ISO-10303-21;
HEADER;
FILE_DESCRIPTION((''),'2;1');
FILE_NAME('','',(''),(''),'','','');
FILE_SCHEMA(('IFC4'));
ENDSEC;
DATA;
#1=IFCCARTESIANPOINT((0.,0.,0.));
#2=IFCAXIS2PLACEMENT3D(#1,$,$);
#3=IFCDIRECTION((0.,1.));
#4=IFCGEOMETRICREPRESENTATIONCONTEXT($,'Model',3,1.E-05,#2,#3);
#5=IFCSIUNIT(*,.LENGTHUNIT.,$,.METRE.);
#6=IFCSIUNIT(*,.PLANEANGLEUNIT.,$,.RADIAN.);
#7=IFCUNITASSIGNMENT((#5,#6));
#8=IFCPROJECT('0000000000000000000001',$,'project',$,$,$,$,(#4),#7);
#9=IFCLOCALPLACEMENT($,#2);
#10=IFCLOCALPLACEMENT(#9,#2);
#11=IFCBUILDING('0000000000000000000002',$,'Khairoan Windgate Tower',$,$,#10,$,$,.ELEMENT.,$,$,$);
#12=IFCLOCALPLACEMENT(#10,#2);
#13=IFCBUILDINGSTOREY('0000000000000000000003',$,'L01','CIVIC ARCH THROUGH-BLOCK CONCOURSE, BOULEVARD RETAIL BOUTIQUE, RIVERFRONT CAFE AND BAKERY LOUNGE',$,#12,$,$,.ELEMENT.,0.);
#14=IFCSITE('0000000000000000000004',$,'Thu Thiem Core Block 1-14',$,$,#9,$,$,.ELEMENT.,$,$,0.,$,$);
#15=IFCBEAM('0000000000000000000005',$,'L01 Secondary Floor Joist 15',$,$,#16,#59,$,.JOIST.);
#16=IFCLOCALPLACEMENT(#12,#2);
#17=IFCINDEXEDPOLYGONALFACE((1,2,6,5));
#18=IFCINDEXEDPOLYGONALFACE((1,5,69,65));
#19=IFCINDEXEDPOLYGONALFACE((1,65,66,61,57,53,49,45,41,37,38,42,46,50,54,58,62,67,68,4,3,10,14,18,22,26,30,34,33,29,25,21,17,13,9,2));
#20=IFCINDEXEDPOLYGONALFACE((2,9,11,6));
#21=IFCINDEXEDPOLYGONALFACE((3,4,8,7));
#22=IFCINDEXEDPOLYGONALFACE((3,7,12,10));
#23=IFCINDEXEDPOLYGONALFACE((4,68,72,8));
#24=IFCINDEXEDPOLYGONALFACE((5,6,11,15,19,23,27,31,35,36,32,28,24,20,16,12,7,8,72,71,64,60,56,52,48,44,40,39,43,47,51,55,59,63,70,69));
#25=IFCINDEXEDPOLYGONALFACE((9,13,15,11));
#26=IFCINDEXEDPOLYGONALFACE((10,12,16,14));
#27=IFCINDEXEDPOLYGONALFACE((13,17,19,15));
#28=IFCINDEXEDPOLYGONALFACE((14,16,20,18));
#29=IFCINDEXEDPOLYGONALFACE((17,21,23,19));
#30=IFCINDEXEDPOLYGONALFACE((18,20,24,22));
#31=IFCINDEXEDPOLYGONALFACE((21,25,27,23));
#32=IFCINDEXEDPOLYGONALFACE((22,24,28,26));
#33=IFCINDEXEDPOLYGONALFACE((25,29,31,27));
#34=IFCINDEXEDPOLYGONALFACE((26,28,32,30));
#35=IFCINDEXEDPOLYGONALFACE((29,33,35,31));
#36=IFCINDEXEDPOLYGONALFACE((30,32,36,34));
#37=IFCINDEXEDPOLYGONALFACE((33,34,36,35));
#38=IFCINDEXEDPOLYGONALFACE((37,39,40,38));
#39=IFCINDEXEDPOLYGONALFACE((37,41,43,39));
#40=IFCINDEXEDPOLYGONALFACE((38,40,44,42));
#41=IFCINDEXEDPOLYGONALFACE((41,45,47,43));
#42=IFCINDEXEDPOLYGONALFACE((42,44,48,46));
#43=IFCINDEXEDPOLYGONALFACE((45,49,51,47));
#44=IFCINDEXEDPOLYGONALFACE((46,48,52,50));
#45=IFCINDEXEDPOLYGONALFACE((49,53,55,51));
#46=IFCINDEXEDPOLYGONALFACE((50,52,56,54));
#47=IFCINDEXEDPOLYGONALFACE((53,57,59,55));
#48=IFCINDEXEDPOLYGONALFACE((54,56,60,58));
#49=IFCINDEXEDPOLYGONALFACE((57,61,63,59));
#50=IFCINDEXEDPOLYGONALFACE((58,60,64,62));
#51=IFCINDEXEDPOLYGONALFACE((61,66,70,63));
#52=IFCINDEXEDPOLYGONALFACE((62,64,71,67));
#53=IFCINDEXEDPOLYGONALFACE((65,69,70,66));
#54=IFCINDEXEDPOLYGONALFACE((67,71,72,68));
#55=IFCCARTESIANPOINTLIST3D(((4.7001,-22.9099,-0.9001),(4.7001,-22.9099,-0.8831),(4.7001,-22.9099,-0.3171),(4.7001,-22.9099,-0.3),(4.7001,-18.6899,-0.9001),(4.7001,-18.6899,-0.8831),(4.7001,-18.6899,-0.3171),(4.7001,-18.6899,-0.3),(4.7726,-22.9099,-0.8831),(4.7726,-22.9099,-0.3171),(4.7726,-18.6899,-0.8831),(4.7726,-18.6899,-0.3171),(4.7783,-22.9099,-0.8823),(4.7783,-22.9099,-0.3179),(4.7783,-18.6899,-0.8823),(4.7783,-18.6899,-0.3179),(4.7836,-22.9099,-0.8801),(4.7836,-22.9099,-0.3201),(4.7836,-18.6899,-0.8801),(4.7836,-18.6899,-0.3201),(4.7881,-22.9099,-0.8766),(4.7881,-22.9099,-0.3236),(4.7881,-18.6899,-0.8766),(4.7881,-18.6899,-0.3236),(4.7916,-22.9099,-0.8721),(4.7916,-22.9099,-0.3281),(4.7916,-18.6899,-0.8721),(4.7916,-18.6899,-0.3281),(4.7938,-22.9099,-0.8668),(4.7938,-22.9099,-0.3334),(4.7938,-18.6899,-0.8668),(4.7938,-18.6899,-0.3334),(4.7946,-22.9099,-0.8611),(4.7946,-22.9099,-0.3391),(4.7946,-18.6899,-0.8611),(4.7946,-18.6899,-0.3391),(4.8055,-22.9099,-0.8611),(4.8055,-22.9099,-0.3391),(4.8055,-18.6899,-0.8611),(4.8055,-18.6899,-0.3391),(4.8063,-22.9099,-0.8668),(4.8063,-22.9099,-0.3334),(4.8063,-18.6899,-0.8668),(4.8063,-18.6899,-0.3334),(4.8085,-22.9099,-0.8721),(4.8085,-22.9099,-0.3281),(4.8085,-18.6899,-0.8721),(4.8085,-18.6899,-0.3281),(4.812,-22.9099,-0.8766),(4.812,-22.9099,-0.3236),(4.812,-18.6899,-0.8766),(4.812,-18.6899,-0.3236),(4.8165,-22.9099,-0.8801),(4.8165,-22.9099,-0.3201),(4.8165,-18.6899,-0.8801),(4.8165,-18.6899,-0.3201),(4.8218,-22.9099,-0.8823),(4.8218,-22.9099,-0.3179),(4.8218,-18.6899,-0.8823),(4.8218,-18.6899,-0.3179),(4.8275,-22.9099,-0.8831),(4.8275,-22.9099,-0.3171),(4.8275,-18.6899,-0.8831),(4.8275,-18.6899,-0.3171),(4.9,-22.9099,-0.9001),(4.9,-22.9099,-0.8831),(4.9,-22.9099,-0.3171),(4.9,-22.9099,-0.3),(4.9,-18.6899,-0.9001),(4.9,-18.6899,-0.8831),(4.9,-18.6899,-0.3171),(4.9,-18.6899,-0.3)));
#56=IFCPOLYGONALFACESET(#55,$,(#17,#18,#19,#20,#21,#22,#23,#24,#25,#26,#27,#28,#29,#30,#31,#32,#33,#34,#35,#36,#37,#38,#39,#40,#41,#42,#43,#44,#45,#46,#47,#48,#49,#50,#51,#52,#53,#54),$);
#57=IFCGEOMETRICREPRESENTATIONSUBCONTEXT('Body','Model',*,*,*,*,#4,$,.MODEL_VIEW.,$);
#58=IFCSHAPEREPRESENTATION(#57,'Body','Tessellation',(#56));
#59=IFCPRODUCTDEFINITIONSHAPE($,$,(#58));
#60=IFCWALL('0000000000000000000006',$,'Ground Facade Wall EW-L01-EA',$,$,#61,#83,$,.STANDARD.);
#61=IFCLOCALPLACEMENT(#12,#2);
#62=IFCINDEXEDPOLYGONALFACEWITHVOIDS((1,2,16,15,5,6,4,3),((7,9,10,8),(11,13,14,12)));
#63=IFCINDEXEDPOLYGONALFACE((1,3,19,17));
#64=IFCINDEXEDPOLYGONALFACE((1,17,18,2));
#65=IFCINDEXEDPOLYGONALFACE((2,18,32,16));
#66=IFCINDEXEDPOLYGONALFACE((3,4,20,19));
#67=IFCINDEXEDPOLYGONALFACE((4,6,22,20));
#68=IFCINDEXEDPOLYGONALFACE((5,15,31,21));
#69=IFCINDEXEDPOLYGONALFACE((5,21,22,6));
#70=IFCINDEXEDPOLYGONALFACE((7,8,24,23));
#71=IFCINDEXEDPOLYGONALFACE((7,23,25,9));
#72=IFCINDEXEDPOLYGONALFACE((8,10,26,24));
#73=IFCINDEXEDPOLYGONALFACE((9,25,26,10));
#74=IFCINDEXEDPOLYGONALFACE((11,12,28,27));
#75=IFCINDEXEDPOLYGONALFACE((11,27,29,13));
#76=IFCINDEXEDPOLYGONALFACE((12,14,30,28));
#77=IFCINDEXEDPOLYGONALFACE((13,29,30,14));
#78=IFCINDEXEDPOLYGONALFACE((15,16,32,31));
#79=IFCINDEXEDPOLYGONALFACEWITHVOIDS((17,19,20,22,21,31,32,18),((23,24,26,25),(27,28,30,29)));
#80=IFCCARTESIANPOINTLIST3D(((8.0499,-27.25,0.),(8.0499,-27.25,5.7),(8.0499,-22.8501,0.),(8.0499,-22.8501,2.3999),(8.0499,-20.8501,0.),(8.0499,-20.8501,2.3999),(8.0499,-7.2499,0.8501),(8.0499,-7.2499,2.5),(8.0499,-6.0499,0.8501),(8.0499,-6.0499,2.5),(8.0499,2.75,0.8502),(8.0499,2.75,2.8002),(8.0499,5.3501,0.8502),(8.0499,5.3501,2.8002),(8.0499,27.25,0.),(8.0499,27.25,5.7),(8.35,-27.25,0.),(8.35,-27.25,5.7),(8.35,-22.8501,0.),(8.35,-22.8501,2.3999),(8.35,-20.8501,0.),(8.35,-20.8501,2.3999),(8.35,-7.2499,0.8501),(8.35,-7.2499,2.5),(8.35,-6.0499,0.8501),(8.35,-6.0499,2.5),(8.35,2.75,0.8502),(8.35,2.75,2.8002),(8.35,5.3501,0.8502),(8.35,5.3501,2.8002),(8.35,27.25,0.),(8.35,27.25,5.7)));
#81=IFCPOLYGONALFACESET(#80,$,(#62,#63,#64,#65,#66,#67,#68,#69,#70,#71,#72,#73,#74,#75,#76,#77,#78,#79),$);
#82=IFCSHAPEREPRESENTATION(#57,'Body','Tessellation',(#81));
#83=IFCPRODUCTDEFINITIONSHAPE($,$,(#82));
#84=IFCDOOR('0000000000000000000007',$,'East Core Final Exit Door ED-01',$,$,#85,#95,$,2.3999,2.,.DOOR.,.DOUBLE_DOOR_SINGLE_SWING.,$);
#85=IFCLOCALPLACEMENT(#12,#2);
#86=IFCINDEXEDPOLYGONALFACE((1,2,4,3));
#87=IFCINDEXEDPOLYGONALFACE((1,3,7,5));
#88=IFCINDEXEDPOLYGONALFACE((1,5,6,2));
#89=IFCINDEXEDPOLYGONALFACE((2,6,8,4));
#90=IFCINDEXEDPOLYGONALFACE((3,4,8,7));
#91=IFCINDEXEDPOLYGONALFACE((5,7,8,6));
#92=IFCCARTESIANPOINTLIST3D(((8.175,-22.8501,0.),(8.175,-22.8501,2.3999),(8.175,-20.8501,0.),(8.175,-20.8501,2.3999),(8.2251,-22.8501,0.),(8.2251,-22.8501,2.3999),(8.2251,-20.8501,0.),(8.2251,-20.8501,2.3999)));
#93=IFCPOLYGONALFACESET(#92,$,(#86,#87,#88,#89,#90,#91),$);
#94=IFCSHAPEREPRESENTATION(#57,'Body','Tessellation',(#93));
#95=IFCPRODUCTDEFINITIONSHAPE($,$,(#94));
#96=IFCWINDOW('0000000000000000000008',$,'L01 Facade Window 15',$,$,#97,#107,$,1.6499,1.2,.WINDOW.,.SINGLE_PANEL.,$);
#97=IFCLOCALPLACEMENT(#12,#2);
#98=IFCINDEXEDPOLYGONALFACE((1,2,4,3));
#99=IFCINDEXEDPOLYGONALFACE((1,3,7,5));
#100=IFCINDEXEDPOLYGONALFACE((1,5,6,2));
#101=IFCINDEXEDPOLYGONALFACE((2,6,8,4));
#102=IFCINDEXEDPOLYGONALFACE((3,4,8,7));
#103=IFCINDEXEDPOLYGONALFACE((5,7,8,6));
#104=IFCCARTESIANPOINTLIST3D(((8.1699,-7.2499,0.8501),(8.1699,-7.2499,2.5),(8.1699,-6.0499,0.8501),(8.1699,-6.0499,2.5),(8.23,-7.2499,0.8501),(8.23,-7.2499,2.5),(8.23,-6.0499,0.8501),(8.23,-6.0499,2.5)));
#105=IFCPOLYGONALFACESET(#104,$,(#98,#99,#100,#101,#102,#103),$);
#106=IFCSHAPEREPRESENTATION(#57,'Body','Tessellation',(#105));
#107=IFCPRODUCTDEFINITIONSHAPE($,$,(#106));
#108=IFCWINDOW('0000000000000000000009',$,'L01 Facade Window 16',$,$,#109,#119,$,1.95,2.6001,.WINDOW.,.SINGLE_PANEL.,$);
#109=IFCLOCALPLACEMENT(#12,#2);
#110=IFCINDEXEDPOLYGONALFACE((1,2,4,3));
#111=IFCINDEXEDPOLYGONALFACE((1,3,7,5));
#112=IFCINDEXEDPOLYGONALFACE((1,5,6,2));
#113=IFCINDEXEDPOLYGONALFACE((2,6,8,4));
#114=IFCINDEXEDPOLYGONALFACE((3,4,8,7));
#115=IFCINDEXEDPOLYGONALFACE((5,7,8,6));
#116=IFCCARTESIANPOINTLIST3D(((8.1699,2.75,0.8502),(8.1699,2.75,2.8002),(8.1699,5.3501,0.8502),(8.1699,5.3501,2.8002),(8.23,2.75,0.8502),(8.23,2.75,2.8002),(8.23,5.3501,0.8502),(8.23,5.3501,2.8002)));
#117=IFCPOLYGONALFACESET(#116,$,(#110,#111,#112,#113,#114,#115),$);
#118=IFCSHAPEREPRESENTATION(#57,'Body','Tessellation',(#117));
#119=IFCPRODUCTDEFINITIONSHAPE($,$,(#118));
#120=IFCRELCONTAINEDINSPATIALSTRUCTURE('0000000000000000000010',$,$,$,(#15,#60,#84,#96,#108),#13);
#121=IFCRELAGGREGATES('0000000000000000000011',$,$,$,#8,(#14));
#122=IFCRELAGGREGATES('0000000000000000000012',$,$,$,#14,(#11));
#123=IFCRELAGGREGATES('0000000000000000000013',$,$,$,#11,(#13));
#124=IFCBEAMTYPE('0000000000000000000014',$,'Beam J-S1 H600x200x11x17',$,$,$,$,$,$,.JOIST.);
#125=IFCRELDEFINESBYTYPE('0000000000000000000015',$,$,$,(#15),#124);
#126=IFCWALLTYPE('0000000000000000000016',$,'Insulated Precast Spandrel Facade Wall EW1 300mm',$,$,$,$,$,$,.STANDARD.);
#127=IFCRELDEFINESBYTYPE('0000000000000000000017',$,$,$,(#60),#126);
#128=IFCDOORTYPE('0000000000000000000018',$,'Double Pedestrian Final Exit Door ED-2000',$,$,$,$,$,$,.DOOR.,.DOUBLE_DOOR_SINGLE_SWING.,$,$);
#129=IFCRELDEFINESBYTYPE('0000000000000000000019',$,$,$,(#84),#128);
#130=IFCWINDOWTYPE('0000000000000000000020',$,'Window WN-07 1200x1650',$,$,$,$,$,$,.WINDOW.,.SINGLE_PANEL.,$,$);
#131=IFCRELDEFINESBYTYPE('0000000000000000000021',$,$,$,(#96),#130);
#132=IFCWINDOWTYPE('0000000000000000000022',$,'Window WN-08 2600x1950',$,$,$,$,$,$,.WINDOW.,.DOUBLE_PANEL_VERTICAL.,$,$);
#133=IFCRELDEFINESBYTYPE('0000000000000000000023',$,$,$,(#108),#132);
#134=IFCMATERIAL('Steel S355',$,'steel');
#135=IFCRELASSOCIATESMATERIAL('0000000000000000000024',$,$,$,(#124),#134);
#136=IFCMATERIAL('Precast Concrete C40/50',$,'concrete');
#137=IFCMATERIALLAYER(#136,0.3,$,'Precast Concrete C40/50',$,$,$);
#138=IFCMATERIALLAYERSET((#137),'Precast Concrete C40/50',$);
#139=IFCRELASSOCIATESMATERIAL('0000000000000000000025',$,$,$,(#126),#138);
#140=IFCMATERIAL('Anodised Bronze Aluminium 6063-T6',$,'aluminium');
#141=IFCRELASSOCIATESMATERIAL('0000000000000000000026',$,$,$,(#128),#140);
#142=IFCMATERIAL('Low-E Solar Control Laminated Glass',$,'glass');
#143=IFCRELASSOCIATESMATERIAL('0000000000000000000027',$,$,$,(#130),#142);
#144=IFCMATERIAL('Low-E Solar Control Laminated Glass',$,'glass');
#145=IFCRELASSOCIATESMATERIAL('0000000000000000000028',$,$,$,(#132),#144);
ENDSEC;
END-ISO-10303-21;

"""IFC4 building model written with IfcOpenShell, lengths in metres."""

from ifc_helpers import new_model, si_unit, direction, frame, frame_2d, origin, origin_2d, place, context, subcontext, project, spatial, rectangle, i_section, extrude, material, layer, layer_set, material_profile, profile_set, type_object, element, fill, save


model = new_model("IFC4")

# Units and contexts
model_context = context("Model", 3, precision=1e-05, world=origin(), true_north=direction((0.0, 1.0)))
body_context = subcontext(model_context, "Body", "Model", "MODEL_VIEW")
ifc_project = project(units=[si_unit("LENGTHUNIT", "METRE"), si_unit("PLANEANGLEUNIT", "RADIAN")], contexts=[model_context])

# Site, building, storey
site_placement = place(None, origin())
site = spatial("IfcSite", under=ifc_project, at=site_placement, Name="Thu Thiem Core Block 1-14", CompositionType="ELEMENT", RefElevation=0.0)
building_placement = place(site_placement, origin())
building = spatial("IfcBuilding", under=site, at=building_placement, Name="Khairoan Windgate Tower", CompositionType="ELEMENT")
storey_placement = place(building_placement, origin())
storey = spatial("IfcBuildingStorey", under=building, at=storey_placement, Name="L01", Description="CIVIC ARCH THROUGH-BLOCK CONCOURSE, BOULEVARD RETAIL BOUTIQUE, RIVERFRONT CAFE AND BAKERY LOUNGE", CompositionType="ELEMENT", Elevation=0.0)

# Beam
ifc_material_1 = material(Name="Steel S355", Category="steel")
ifc_material_profile_1 = material_profile(ifc_material_1, i_section(OverallWidth=0.2, OverallDepth=0.6001, WebThickness=0.011, FlangeThickness=0.0171, FilletRadius=0.022, at=origin_2d()))
ifc_profile_set_1 = profile_set([ifc_material_profile_1], Name="Steel S355")
beam_type_1 = type_object("IfcBeamType", Name="Beam J-S1 H600x200x11x17", PredefinedType="JOIST", material=ifc_profile_set_1)
beam_1_placement = place(storey_placement, frame((4.8, -22.9099, -0.6001), z_axis=(0.0, 1.0, 0.0), x_axis=(-1.0, 0.0, 0.0)))
element("IfcBeam", 1, at=beam_1_placement, inside=storey, type_object=beam_type_1, Name="L01 Secondary Floor Joist 15", PredefinedType="JOIST", context=body_context, shape_type="SweptSolid", body=[
    extrude(i_section(OverallWidth=0.2, OverallDepth=0.6001, WebThickness=0.011, FlangeThickness=0.0171, FilletRadius=0.022, at=origin_2d()), origin(), (0.0, 0.0, 1.0), 4.22),
])

# Wall, openings, door, windows
ifc_material_2 = material(Name="Precast Concrete C40/50", Category="concrete")
ifc_layer_1 = layer(ifc_material_2, 0.3, Name="Precast Concrete C40/50")
ifc_layer_set_1 = layer_set([ifc_layer_1], Name="Precast Concrete C40/50")
wall_type_1 = type_object("IfcWallType", Name="Insulated Precast Spandrel Facade Wall EW1 300mm", PredefinedType="STANDARD", material=ifc_layer_set_1)
wall_1_placement = place(storey_placement, frame((8.2, -27.25, 0.0), z_axis=(0.0, 0.0, 1.0), x_axis=(0.0, 1.0, 0.0)))
wall_1 = element("IfcWall", 2, at=wall_1_placement, inside=storey, type_object=wall_type_1, Name="Ground Facade Wall EW-L01-EA", PredefinedType="STANDARD", context=body_context, shape_type="SweptSolid", body=[
    extrude(rectangle(XDim=54.5, YDim=0.3, at=frame_2d((27.25, 0.0))), origin(), (0.0, 0.0, 1.0), 5.7),
])
opening_1_placement = place(wall_1_placement, frame((4.3999, 0.0, 0.0)))
opening_1 = element("IfcOpeningElement", 3, at=opening_1_placement, cuts=wall_1, PredefinedType="OPENING", context=body_context, shape_type="SweptSolid", body=[
    extrude(rectangle(XDim=2.0, YDim=2.3999, at=frame_2d((1.0, 1.2))), frame((0.0, 0.1599, 0.0), z_axis=(0.0, -1.0, 0.0), x_axis=(1.0, 0.0, 0.0)), (0.0, 0.0, 1.0), 0.3201),
])
opening_2_placement = place(wall_1_placement, frame((20.0, 0.0, 0.8501)))
opening_2 = element("IfcOpeningElement", 4, at=opening_2_placement, cuts=wall_1, PredefinedType="OPENING", context=body_context, shape_type="SweptSolid", body=[
    extrude(rectangle(XDim=1.2, YDim=1.6499, at=frame_2d((0.6001, 0.825))), frame((0.0, 0.1599, 0.0), z_axis=(0.0, -1.0, 0.0), x_axis=(1.0, 0.0, 0.0)), (0.0, 0.0, 1.0), 0.3201),
])
opening_3_placement = place(wall_1_placement, frame((30.0, 0.0, 0.8501)))
opening_3 = element("IfcOpeningElement", 5, at=opening_3_placement, cuts=wall_1, PredefinedType="OPENING", context=body_context, shape_type="SweptSolid", body=[
    extrude(rectangle(XDim=2.6001, YDim=1.95, at=frame_2d((1.3, 0.9751))), frame((0.0, 0.1599, 0.0), z_axis=(0.0, -1.0, 0.0), x_axis=(1.0, 0.0, 0.0)), (0.0, 0.0, 1.0), 0.3201),
])
ifc_material_3 = material(Name="Anodised Bronze Aluminium 6063-T6", Category="aluminium")
door_type_1 = type_object("IfcDoorType", Name="Double Pedestrian Final Exit Door ED-2000", OperationType="DOUBLE_DOOR_SINGLE_SWING", PredefinedType="DOOR", material=ifc_material_3)
door_1_placement = place(opening_1_placement, origin())
door_1 = element("IfcDoor", 6, at=door_1_placement, inside=storey, type_object=door_type_1, Name="East Core Final Exit Door ED-01", OperationType="DOUBLE_DOOR_SINGLE_SWING", OverallHeight=2.3999, OverallWidth=2.0, PredefinedType="DOOR", context=body_context, shape_type="SweptSolid", body=[
    extrude(rectangle(XDim=2.0, YDim=2.3999, at=frame_2d((1.0, 1.2))), frame((0.0, 0.0249, 0.0), z_axis=(0.0, -1.0, 0.0), x_axis=(1.0, 0.0, 0.0)), (0.0, 0.0, 1.0), 0.05),
])
fill(opening_1, door_1)
ifc_material_4 = material(Name="Low-E Solar Control Laminated Glass", Category="glass")
window_type_1 = type_object("IfcWindowType", Name="Window WN-07 1200x1650", PartitioningType="SINGLE_PANEL", PredefinedType="WINDOW", material=ifc_material_4)
window_1_placement = place(opening_2_placement, origin())
window_1 = element("IfcWindow", 7, at=window_1_placement, inside=storey, type_object=window_type_1, Name="L01 Facade Window 15", OverallHeight=1.6499, OverallWidth=1.2, PartitioningType="SINGLE_PANEL", PredefinedType="WINDOW", context=body_context, shape_type="SweptSolid", body=[
    extrude(rectangle(XDim=1.2, YDim=1.6499, at=frame_2d((0.6001, 0.825))), frame((0.0, 0.03, 0.0), z_axis=(0.0, -1.0, 0.0), x_axis=(1.0, 0.0, 0.0)), (0.0, 0.0, 1.0), 0.0601),
])
fill(opening_2, window_1)
ifc_material_5 = material(Name="Low-E Solar Control Laminated Glass", Category="glass")
window_type_2 = type_object("IfcWindowType", Name="Window WN-08 2600x1950", PartitioningType="DOUBLE_PANEL_VERTICAL", PredefinedType="WINDOW", material=ifc_material_5)
window_2_placement = place(opening_3_placement, origin())
window_2 = element("IfcWindow", 8, at=window_2_placement, inside=storey, type_object=window_type_2, Name="L01 Facade Window 16", OverallHeight=1.95, OverallWidth=2.6001, PartitioningType="SINGLE_PANEL", PredefinedType="WINDOW", context=body_context, shape_type="SweptSolid", body=[
    extrude(rectangle(XDim=2.6001, YDim=1.95, at=frame_2d((1.3, 0.9751))), frame((0.0, 0.03, 0.0), z_axis=(0.0, -1.0, 0.0), x_axis=(1.0, 0.0, 0.0)), (0.0, 0.0, 1.0), 0.0601),
])
fill(opening_3, window_2)

save(model, "model.ifc")
